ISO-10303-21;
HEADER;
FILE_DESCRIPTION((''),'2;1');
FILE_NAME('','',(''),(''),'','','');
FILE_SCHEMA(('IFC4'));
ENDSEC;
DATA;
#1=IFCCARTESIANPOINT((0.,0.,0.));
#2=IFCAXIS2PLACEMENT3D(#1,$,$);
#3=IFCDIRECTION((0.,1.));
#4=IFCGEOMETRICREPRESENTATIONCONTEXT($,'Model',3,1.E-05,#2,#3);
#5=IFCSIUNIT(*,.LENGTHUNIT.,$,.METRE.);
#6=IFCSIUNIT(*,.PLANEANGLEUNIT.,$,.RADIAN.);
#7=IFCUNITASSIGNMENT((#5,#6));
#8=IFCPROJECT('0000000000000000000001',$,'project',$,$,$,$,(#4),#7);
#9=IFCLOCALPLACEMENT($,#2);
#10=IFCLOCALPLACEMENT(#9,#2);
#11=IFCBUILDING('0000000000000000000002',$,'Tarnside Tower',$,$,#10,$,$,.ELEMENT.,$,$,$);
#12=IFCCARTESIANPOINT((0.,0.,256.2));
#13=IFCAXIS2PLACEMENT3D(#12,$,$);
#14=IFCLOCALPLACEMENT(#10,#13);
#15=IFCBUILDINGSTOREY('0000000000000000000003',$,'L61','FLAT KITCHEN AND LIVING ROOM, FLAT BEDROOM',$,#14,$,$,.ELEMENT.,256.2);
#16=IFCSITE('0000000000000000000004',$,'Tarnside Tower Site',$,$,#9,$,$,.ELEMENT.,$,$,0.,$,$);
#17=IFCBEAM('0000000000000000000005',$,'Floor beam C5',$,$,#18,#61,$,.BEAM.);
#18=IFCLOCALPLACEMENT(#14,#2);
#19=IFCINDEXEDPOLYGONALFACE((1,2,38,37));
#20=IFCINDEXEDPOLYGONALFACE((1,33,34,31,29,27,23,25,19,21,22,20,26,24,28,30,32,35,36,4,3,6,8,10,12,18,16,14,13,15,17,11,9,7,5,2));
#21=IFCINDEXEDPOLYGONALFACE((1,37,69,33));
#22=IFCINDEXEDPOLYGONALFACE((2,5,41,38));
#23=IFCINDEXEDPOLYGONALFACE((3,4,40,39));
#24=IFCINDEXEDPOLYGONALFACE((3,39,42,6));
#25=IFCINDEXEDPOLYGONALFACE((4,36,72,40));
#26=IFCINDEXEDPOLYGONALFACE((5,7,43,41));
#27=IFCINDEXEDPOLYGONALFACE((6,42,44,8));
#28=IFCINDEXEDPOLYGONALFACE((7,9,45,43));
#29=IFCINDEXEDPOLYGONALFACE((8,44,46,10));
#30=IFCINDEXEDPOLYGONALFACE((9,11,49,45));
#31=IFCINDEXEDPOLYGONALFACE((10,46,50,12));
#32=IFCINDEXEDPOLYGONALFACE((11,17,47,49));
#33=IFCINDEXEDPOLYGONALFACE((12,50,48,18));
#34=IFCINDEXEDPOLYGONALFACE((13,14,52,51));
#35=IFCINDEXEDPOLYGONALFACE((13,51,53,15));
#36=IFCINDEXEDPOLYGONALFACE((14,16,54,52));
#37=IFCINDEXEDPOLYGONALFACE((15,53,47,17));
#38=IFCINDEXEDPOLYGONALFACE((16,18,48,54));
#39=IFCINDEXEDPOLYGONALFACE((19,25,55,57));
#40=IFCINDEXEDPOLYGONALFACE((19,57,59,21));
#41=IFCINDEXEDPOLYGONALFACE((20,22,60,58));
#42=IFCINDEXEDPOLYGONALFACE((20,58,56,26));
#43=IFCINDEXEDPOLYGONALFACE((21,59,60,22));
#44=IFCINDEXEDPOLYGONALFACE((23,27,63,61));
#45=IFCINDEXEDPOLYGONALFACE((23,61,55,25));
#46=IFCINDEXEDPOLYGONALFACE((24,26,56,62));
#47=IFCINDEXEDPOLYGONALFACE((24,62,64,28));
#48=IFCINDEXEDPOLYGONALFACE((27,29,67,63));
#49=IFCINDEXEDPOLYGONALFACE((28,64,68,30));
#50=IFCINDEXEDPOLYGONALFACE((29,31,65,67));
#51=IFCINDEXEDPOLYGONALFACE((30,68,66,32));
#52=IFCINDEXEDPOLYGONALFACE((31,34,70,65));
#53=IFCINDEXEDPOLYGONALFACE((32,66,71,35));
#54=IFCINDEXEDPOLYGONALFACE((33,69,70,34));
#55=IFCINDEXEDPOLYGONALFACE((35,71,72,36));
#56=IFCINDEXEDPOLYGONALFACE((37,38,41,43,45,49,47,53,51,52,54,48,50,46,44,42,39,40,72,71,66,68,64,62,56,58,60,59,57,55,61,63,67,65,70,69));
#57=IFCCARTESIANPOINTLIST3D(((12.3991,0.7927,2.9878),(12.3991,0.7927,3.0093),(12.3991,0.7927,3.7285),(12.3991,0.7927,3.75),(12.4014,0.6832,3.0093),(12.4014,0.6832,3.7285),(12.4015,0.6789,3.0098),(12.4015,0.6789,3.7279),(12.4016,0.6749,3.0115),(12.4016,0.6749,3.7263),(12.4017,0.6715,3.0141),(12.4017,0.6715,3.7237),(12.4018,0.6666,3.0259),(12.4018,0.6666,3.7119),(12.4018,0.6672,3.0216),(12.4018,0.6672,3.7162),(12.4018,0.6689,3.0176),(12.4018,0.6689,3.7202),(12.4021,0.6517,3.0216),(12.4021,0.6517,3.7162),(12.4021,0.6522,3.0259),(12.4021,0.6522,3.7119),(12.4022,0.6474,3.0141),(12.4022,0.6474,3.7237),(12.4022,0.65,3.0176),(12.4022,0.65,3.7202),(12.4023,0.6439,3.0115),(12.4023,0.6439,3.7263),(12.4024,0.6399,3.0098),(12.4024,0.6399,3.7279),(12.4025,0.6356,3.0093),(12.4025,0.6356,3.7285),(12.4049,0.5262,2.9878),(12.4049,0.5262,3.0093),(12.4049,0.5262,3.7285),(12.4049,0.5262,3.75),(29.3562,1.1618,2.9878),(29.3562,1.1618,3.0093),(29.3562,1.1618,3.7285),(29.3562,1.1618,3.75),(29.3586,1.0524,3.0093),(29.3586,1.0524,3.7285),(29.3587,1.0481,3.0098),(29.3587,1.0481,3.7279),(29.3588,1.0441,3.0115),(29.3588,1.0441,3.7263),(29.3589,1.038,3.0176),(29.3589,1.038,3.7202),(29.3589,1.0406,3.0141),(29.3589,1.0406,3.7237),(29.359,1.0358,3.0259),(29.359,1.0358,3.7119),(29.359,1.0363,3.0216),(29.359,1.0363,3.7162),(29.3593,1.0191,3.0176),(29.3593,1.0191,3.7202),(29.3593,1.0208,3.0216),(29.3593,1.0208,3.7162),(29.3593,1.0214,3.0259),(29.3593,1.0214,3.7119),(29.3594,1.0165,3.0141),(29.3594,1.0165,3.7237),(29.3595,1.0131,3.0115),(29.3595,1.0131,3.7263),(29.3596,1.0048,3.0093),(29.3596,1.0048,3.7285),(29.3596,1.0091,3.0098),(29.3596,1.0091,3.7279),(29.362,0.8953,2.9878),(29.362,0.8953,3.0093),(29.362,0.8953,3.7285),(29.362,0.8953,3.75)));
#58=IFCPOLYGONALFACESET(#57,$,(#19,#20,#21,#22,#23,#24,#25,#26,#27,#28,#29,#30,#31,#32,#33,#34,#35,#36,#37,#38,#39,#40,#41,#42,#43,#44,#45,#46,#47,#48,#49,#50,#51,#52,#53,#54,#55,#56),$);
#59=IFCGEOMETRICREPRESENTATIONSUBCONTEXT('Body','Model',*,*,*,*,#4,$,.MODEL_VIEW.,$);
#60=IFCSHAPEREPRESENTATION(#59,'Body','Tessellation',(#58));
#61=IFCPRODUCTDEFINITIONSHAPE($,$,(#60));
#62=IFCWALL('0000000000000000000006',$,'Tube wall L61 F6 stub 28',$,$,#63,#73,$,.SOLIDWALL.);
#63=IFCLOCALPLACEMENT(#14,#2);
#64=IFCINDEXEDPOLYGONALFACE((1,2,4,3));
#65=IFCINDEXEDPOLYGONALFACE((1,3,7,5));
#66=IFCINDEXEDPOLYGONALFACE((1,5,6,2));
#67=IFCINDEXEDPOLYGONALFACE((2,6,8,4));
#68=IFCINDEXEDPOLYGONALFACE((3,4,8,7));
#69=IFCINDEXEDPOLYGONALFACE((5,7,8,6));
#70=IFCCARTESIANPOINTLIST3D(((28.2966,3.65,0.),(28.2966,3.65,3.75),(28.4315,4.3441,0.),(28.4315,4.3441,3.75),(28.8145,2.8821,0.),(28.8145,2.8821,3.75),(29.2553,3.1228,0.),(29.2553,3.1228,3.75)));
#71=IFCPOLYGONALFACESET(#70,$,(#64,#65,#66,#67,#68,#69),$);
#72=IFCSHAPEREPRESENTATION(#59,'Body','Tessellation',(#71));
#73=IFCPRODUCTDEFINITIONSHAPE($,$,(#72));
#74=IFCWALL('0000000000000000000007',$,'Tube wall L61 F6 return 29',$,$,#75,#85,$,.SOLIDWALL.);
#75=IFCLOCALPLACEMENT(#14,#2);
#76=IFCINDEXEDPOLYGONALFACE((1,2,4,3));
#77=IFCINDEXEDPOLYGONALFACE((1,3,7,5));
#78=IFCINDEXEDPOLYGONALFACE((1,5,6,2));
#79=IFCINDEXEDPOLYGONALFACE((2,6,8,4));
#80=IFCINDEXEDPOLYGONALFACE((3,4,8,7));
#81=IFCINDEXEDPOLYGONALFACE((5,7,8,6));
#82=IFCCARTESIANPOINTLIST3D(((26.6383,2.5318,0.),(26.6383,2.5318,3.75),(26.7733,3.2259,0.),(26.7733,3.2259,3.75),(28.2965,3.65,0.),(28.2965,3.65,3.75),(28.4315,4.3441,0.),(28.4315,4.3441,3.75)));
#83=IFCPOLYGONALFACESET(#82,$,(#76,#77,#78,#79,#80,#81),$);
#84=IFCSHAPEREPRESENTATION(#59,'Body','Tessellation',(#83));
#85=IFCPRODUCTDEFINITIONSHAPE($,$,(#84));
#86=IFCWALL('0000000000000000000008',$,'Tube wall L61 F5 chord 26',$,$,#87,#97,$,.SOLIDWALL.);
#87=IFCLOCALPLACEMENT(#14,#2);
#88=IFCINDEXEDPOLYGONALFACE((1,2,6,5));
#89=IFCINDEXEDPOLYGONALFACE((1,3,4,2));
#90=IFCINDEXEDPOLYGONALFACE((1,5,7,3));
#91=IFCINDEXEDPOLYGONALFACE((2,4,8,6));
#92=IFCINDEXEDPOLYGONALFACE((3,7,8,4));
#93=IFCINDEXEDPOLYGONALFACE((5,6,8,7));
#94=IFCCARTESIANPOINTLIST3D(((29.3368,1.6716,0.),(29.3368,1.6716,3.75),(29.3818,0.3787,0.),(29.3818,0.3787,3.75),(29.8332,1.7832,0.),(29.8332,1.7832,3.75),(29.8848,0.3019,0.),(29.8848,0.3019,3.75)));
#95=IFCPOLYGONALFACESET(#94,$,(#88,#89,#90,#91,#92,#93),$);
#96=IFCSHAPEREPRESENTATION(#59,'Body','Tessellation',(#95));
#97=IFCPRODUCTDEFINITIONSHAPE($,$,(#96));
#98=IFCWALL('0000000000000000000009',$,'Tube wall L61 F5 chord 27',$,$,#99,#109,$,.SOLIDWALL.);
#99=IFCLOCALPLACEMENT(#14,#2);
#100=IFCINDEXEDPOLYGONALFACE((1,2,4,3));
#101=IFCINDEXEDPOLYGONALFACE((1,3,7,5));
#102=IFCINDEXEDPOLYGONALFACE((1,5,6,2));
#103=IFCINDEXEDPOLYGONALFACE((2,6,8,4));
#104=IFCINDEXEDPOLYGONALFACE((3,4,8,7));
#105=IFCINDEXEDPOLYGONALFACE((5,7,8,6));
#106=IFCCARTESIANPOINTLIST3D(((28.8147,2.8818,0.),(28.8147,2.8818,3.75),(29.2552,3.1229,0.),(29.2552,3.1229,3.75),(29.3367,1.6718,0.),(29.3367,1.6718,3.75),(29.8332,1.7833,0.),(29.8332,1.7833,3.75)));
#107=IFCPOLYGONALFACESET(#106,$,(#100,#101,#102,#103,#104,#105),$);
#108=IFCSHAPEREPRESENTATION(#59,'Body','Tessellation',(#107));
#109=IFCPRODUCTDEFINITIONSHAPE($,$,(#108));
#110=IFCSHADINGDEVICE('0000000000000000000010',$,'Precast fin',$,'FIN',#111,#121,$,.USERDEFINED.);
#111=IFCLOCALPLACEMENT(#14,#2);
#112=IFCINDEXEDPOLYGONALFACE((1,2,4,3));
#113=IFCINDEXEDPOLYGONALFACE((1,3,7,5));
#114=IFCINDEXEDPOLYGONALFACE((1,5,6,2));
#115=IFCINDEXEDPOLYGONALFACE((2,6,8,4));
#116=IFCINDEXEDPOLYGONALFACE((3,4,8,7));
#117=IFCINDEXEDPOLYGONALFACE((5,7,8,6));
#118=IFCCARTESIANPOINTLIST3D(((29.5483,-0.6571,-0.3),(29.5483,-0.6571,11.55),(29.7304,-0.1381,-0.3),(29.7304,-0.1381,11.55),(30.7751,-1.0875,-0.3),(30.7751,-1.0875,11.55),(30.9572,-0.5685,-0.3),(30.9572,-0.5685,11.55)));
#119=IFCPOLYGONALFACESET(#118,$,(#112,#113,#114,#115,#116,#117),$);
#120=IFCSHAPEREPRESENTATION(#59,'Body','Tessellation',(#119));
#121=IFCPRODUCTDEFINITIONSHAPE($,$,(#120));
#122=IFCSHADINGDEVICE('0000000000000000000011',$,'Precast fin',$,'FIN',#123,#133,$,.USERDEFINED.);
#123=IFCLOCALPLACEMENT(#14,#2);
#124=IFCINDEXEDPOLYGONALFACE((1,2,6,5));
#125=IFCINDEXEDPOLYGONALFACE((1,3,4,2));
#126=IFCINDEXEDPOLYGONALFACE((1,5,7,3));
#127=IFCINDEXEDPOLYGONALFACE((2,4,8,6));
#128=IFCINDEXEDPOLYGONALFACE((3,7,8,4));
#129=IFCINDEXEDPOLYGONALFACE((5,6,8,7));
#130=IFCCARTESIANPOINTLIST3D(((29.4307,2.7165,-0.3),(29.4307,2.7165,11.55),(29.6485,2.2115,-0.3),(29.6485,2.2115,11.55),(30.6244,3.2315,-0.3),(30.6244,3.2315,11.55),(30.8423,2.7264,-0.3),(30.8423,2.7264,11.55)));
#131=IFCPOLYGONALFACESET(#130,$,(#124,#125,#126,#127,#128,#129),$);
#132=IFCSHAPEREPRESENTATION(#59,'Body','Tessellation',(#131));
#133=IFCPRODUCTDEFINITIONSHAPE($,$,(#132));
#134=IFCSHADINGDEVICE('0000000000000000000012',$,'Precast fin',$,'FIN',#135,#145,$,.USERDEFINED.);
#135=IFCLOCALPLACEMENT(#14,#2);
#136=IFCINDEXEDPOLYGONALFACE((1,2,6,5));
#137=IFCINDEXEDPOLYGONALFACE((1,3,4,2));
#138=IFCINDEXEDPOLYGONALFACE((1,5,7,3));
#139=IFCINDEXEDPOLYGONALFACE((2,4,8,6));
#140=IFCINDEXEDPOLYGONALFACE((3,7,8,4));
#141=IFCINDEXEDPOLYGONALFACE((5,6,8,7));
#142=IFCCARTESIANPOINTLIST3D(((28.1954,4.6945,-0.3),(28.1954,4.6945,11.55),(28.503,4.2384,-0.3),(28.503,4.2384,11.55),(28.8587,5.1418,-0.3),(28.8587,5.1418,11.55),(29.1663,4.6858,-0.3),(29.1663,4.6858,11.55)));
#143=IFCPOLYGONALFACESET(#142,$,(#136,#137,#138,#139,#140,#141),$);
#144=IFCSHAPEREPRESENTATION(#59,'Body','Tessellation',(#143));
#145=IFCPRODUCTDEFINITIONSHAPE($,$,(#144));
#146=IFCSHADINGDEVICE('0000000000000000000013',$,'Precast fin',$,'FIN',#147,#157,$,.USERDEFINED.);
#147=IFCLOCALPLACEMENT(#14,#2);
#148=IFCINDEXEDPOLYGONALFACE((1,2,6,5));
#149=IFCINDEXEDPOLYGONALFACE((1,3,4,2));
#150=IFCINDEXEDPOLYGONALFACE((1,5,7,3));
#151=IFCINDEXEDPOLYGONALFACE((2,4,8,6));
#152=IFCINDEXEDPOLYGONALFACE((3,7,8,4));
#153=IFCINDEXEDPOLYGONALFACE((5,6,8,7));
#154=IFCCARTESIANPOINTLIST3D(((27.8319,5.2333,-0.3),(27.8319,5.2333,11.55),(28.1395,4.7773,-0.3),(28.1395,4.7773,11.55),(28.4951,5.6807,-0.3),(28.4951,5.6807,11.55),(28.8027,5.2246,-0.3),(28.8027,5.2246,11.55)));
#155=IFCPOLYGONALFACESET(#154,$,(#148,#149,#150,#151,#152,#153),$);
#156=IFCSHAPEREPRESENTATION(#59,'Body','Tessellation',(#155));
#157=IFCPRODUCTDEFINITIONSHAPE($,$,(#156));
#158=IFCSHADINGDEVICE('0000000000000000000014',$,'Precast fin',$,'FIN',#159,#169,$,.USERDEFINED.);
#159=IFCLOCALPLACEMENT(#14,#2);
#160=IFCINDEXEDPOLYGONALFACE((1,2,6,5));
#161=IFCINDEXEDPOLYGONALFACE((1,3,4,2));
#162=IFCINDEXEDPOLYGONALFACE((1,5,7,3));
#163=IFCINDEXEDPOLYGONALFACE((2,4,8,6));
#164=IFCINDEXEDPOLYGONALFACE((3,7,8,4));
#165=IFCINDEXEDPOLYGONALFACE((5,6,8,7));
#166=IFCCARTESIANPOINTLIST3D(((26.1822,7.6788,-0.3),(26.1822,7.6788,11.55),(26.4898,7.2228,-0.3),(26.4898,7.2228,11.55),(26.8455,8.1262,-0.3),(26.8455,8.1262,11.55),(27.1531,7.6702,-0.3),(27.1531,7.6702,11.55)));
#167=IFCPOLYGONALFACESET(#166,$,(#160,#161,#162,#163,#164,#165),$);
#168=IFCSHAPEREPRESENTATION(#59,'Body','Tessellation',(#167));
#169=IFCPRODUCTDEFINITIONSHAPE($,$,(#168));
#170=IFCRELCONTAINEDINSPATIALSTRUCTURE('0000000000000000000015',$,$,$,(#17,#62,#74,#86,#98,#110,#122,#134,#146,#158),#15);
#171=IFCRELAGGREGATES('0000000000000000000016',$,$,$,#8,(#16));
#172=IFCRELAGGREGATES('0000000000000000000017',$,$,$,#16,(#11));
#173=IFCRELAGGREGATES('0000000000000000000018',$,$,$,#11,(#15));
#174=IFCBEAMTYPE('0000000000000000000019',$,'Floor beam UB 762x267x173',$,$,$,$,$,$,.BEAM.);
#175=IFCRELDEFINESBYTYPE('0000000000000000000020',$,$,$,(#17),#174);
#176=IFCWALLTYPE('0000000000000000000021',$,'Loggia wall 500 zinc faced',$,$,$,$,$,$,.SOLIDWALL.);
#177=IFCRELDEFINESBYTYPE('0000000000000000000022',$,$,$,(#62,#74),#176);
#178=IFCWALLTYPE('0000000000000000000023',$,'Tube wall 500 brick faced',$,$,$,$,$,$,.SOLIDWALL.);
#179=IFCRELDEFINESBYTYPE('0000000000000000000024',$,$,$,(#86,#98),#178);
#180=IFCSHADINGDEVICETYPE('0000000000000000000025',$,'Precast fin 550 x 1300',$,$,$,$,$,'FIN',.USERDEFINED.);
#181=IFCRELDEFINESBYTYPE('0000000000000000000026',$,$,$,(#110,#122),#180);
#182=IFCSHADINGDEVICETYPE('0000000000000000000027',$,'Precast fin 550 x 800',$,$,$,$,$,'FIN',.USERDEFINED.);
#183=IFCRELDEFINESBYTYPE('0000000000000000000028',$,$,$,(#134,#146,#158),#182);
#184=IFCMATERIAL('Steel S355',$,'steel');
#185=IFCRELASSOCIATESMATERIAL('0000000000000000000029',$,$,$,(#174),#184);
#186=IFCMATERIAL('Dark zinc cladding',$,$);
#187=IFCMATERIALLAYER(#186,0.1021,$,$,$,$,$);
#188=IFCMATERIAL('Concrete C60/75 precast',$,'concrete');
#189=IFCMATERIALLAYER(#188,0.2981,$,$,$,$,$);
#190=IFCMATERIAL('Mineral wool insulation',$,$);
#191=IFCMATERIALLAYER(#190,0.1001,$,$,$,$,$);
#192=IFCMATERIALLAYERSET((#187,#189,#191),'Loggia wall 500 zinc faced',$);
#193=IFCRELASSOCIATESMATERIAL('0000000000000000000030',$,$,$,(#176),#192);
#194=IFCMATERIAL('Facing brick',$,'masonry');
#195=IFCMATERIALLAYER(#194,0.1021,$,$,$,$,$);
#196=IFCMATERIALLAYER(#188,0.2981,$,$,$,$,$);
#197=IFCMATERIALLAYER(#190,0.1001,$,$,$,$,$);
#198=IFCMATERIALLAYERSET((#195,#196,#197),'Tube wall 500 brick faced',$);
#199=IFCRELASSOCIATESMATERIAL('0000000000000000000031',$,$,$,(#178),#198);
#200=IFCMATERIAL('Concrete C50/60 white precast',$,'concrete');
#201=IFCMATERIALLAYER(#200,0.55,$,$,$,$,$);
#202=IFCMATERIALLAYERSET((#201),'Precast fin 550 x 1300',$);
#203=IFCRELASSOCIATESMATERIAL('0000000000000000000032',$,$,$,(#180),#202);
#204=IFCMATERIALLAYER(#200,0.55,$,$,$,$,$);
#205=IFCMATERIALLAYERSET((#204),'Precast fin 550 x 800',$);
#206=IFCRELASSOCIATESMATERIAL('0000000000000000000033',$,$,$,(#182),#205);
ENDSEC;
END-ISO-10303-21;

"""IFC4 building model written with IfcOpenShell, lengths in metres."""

from ifc_helpers import new_model, si_unit, direction, frame, origin, origin_2d, place, context, subcontext, project, spatial, polyline, i_section, outline, extrude, material, layer, layer_set, material_profile, profile_set, type_object, element, save


model = new_model("IFC4")

# Units and contexts
model_context = context("Model", 3, precision=1e-05, world=origin(), true_north=direction((0.0, 1.0)))
body_context = subcontext(model_context, "Body", "Model", "MODEL_VIEW")
ifc_project = project(units=[si_unit("LENGTHUNIT", "METRE"), si_unit("PLANEANGLEUNIT", "RADIAN")], contexts=[model_context])

# Site, building, storey
site_placement = place(None, origin())
site = spatial("IfcSite", under=ifc_project, at=site_placement, Name="Tarnside Tower Site", CompositionType="ELEMENT", RefElevation=0.0)
building_placement = place(site_placement, origin())
building = spatial("IfcBuilding", under=site, at=building_placement, Name="Tarnside Tower", CompositionType="ELEMENT")
storey_placement = place(building_placement, frame((0.0, 0.0, 256.2)))
storey = spatial("IfcBuildingStorey", under=building, at=storey_placement, Name="L61", Description="FLAT KITCHEN AND LIVING ROOM, FLAT BEDROOM", CompositionType="ELEMENT", Elevation=256.2)

# Beam
ifc_material_1 = material(Name="Steel S355", Category="steel")
ifc_material_profile = material_profile(ifc_material_1, i_section(OverallWidth=0.2666, OverallDepth=0.7622, WebThickness=0.0144, FlangeThickness=0.0215, FilletRadius=0.0166, at=origin_2d()), Name="UB 762x267x173")
ifc_profile_set = profile_set([ifc_material_profile], Name="Steel S355")
beam_type = type_object("IfcBeamType", Name="Floor beam UB 762x267x173", PredefinedType="BEAM", material=ifc_profile_set)
beam_placement = place(storey_placement, frame((29.3591, 1.0286, 3.3689), z_axis=(-0.999763, -0.021764, 0.0), x_axis=(0.021764, -0.999763, 0.0)))
element("IfcBeam", 1, at=beam_placement, inside=storey, type_object=beam_type, Name="Floor beam C5", PredefinedType="BEAM", context=body_context, shape_type="SweptSolid", body=[
    extrude(i_section(OverallWidth=0.2666, OverallDepth=0.7622, WebThickness=0.0144, FlangeThickness=0.0215, FilletRadius=0.0166, at=origin_2d()), origin(), (0.0, 0.0, 1.0), 16.9612),
])

# Walls
ifc_material_2 = material(Name="Dark zinc cladding")
ifc_layer_1 = layer(ifc_material_2, 0.1021)
ifc_material_3 = material(Name="Concrete C60/75 precast", Category="concrete")
ifc_layer_2 = layer(ifc_material_3, 0.2981)
ifc_material_4 = material(Name="Mineral wool insulation")
ifc_layer_3 = layer(ifc_material_4, 0.1001)
ifc_layer_set_1 = layer_set([ifc_layer_1, ifc_layer_2, ifc_layer_3], Name="Loggia wall 500 zinc faced")
wall_type_1 = type_object("IfcWallType", Name="Loggia wall 500 zinc faced", PredefinedType="SOLIDWALL", material=ifc_layer_set_1)
wall_1_placement = place(storey_placement, frame((29.0349, 3.0024, 0.0), z_axis=(0.0, 0.0, 1.0), x_axis=(-0.5592, 0.829033, 0.0)))
element("IfcWall", 2, at=wall_1_placement, inside=storey, type_object=wall_type_1, Name="Tube wall L61 F6 stub 28", PredefinedType="SOLIDWALL", context=body_context, shape_type="SweptSolid", body=[
    extrude(outline(polyline([(-0.0234, -0.25), (1.4497, -0.25), (0.9497, 0.25), (0.0234, 0.25), (-0.0234, -0.25)])), origin(), (0.0, 0.0, 1.0), 3.75),
])
wall_2_placement = place(storey_placement, frame((28.364, 3.9971, 0.0), z_axis=(0.0, 0.0, 1.0), x_axis=(-0.829109, -0.559087, 0.0)))
element("IfcWall", 3, at=wall_2_placement, inside=storey, type_object=wall_type_1, Name="Tube wall L61 F6 return 29", PredefinedType="SOLIDWALL", context=body_context, shape_type="SweptSolid", body=[
    extrude(outline(polyline([(-0.25, -0.25), (1.75, -0.25), (2.25, 0.25), (0.25, 0.25), (-0.25, -0.25)])), origin(), (0.0, 0.0, 1.0), 3.75),
])

# Walls
ifc_material_5 = material(Name="Facing brick", Category="masonry")
ifc_layer_4 = layer(ifc_material_5, 0.1021)
ifc_layer_5 = layer(ifc_material_3, 0.2981)
ifc_layer_6 = layer(ifc_material_4, 0.1001)
ifc_layer_set_2 = layer_set([ifc_layer_4, ifc_layer_5, ifc_layer_6], Name="Tube wall 500 brick faced")
wall_type_2 = type_object("IfcWallType", Name="Tube wall 500 brick faced", PredefinedType="SOLIDWALL", material=ifc_layer_set_2)
wall_3_placement = place(storey_placement, frame((29.6333, 0.3403, 0.0), z_axis=(0.0, 0.0, 1.0), x_axis=(-0.034826, 0.999393, 0.0)))
element("IfcWall", 4, at=wall_3_placement, inside=storey, type_object=wall_type_2, Name="Tube wall L61 F5 chord 26", PredefinedType="SOLIDWALL", context=body_context, shape_type="SweptSolid", body=[
    extrude(outline(polyline([(-0.0471, -0.25), (1.4351, -0.25), (1.3408, 0.25), (0.0471, 0.25), (-0.0471, -0.25)])), origin(), (0.0, 0.0, 1.0), 3.75),
])
wall_4_placement = place(storey_placement, frame((29.585, 1.7275, 0.0), z_axis=(0.0, 0.0, 1.0), x_axis=(-0.396146, 0.918187, 0.0)))
element("IfcWall", 5, at=wall_4_placement, inside=storey, type_object=wall_type_2, Name="Tube wall L61 F5 chord 27", PredefinedType="SOLIDWALL", context=body_context, shape_type="SweptSolid", body=[
    extrude(outline(polyline([(-0.0471, -0.25), (1.4119, -0.25), (1.365, 0.25), (0.0471, 0.25), (-0.0471, -0.25)])), origin(), (0.0, 0.0, 1.0), 3.75),
])

# Shading devices
ifc_material_6 = material(Name="Concrete C50/60 white precast", Category="concrete")
ifc_layer_7 = layer(ifc_material_6, 0.55)
ifc_layer_set_3 = layer_set([ifc_layer_7], Name="Precast fin 550 x 1300")
shading_device_type_1 = type_object("IfcShadingDeviceType", Name="Precast fin 550 x 1300", ElementType="FIN", PredefinedType="USERDEFINED", material=ifc_layer_set_3)
for number, where, z_axis, x_axis, name in (
    (6, (29.6394, -0.3975, -0.3), (-0.331063, -0.943609, 0.0), (0.943609, -0.331063, 0.0), "Precast fin"),
    (7, (29.5396, 2.4641, -0.3), (0.39608, -0.918216, 0.0), (0.918216, 0.39608, 0.0), "Precast fin"),
):
    element("IfcShadingDevice", number, at=place(storey_placement, frame(where, z_axis=z_axis, x_axis=x_axis)), inside=storey, type_object=shading_device_type_1, Name=name, ObjectType="FIN", PredefinedType="USERDEFINED", context=body_context, shape_type="SweptSolid", body=[
        extrude(outline(polyline([(0.0, 0.0), (1.3, 0.0), (1.3, 11.8501), (0.0, 11.8501), (0.0, 0.0)])), frame((0.0, 0.0, -0.2749)), (0.0, 0.0, 1.0), 0.55),
    ])
ifc_layer_8 = layer(ifc_material_6, 0.55)
ifc_layer_set_4 = layer_set([ifc_layer_8], Name="Precast fin 550 x 800")
shading_device_type_2 = type_object("IfcShadingDeviceType", Name="Precast fin 550 x 800", ElementType="FIN", PredefinedType="USERDEFINED", material=ifc_layer_set_4)
for number, where, z_axis, x_axis, name in (
    (8, (28.3491, 4.4666, -0.3), (0.559193, -0.829038, 0.0), (0.829038, 0.559193, 0.0), "Precast fin"),
    (9, (27.9856, 5.0054, -0.3), (0.559193, -0.829038, 0.0), (0.829038, 0.559193, 0.0), "Precast fin"),
    (10, (26.3359, 7.4509, -0.3), (0.559193, -0.829038, 0.0), (0.829038, 0.559193, 0.0), "Precast fin"),
):
    element("IfcShadingDevice", number, at=place(storey_placement, frame(where, z_axis=z_axis, x_axis=x_axis)), inside=storey, type_object=shading_device_type_2, Name=name, ObjectType="FIN", PredefinedType="USERDEFINED", context=body_context, shape_type="SweptSolid", body=[
        extrude(outline(polyline([(0.0, 0.0), (0.8, 0.0), (0.8, 11.8501), (0.0, 11.8501), (0.0, 0.0)])), frame((0.0, 0.0, -0.2749)), (0.0, 0.0, 1.0), 0.55),
    ])

save(model, "model.ifc")
